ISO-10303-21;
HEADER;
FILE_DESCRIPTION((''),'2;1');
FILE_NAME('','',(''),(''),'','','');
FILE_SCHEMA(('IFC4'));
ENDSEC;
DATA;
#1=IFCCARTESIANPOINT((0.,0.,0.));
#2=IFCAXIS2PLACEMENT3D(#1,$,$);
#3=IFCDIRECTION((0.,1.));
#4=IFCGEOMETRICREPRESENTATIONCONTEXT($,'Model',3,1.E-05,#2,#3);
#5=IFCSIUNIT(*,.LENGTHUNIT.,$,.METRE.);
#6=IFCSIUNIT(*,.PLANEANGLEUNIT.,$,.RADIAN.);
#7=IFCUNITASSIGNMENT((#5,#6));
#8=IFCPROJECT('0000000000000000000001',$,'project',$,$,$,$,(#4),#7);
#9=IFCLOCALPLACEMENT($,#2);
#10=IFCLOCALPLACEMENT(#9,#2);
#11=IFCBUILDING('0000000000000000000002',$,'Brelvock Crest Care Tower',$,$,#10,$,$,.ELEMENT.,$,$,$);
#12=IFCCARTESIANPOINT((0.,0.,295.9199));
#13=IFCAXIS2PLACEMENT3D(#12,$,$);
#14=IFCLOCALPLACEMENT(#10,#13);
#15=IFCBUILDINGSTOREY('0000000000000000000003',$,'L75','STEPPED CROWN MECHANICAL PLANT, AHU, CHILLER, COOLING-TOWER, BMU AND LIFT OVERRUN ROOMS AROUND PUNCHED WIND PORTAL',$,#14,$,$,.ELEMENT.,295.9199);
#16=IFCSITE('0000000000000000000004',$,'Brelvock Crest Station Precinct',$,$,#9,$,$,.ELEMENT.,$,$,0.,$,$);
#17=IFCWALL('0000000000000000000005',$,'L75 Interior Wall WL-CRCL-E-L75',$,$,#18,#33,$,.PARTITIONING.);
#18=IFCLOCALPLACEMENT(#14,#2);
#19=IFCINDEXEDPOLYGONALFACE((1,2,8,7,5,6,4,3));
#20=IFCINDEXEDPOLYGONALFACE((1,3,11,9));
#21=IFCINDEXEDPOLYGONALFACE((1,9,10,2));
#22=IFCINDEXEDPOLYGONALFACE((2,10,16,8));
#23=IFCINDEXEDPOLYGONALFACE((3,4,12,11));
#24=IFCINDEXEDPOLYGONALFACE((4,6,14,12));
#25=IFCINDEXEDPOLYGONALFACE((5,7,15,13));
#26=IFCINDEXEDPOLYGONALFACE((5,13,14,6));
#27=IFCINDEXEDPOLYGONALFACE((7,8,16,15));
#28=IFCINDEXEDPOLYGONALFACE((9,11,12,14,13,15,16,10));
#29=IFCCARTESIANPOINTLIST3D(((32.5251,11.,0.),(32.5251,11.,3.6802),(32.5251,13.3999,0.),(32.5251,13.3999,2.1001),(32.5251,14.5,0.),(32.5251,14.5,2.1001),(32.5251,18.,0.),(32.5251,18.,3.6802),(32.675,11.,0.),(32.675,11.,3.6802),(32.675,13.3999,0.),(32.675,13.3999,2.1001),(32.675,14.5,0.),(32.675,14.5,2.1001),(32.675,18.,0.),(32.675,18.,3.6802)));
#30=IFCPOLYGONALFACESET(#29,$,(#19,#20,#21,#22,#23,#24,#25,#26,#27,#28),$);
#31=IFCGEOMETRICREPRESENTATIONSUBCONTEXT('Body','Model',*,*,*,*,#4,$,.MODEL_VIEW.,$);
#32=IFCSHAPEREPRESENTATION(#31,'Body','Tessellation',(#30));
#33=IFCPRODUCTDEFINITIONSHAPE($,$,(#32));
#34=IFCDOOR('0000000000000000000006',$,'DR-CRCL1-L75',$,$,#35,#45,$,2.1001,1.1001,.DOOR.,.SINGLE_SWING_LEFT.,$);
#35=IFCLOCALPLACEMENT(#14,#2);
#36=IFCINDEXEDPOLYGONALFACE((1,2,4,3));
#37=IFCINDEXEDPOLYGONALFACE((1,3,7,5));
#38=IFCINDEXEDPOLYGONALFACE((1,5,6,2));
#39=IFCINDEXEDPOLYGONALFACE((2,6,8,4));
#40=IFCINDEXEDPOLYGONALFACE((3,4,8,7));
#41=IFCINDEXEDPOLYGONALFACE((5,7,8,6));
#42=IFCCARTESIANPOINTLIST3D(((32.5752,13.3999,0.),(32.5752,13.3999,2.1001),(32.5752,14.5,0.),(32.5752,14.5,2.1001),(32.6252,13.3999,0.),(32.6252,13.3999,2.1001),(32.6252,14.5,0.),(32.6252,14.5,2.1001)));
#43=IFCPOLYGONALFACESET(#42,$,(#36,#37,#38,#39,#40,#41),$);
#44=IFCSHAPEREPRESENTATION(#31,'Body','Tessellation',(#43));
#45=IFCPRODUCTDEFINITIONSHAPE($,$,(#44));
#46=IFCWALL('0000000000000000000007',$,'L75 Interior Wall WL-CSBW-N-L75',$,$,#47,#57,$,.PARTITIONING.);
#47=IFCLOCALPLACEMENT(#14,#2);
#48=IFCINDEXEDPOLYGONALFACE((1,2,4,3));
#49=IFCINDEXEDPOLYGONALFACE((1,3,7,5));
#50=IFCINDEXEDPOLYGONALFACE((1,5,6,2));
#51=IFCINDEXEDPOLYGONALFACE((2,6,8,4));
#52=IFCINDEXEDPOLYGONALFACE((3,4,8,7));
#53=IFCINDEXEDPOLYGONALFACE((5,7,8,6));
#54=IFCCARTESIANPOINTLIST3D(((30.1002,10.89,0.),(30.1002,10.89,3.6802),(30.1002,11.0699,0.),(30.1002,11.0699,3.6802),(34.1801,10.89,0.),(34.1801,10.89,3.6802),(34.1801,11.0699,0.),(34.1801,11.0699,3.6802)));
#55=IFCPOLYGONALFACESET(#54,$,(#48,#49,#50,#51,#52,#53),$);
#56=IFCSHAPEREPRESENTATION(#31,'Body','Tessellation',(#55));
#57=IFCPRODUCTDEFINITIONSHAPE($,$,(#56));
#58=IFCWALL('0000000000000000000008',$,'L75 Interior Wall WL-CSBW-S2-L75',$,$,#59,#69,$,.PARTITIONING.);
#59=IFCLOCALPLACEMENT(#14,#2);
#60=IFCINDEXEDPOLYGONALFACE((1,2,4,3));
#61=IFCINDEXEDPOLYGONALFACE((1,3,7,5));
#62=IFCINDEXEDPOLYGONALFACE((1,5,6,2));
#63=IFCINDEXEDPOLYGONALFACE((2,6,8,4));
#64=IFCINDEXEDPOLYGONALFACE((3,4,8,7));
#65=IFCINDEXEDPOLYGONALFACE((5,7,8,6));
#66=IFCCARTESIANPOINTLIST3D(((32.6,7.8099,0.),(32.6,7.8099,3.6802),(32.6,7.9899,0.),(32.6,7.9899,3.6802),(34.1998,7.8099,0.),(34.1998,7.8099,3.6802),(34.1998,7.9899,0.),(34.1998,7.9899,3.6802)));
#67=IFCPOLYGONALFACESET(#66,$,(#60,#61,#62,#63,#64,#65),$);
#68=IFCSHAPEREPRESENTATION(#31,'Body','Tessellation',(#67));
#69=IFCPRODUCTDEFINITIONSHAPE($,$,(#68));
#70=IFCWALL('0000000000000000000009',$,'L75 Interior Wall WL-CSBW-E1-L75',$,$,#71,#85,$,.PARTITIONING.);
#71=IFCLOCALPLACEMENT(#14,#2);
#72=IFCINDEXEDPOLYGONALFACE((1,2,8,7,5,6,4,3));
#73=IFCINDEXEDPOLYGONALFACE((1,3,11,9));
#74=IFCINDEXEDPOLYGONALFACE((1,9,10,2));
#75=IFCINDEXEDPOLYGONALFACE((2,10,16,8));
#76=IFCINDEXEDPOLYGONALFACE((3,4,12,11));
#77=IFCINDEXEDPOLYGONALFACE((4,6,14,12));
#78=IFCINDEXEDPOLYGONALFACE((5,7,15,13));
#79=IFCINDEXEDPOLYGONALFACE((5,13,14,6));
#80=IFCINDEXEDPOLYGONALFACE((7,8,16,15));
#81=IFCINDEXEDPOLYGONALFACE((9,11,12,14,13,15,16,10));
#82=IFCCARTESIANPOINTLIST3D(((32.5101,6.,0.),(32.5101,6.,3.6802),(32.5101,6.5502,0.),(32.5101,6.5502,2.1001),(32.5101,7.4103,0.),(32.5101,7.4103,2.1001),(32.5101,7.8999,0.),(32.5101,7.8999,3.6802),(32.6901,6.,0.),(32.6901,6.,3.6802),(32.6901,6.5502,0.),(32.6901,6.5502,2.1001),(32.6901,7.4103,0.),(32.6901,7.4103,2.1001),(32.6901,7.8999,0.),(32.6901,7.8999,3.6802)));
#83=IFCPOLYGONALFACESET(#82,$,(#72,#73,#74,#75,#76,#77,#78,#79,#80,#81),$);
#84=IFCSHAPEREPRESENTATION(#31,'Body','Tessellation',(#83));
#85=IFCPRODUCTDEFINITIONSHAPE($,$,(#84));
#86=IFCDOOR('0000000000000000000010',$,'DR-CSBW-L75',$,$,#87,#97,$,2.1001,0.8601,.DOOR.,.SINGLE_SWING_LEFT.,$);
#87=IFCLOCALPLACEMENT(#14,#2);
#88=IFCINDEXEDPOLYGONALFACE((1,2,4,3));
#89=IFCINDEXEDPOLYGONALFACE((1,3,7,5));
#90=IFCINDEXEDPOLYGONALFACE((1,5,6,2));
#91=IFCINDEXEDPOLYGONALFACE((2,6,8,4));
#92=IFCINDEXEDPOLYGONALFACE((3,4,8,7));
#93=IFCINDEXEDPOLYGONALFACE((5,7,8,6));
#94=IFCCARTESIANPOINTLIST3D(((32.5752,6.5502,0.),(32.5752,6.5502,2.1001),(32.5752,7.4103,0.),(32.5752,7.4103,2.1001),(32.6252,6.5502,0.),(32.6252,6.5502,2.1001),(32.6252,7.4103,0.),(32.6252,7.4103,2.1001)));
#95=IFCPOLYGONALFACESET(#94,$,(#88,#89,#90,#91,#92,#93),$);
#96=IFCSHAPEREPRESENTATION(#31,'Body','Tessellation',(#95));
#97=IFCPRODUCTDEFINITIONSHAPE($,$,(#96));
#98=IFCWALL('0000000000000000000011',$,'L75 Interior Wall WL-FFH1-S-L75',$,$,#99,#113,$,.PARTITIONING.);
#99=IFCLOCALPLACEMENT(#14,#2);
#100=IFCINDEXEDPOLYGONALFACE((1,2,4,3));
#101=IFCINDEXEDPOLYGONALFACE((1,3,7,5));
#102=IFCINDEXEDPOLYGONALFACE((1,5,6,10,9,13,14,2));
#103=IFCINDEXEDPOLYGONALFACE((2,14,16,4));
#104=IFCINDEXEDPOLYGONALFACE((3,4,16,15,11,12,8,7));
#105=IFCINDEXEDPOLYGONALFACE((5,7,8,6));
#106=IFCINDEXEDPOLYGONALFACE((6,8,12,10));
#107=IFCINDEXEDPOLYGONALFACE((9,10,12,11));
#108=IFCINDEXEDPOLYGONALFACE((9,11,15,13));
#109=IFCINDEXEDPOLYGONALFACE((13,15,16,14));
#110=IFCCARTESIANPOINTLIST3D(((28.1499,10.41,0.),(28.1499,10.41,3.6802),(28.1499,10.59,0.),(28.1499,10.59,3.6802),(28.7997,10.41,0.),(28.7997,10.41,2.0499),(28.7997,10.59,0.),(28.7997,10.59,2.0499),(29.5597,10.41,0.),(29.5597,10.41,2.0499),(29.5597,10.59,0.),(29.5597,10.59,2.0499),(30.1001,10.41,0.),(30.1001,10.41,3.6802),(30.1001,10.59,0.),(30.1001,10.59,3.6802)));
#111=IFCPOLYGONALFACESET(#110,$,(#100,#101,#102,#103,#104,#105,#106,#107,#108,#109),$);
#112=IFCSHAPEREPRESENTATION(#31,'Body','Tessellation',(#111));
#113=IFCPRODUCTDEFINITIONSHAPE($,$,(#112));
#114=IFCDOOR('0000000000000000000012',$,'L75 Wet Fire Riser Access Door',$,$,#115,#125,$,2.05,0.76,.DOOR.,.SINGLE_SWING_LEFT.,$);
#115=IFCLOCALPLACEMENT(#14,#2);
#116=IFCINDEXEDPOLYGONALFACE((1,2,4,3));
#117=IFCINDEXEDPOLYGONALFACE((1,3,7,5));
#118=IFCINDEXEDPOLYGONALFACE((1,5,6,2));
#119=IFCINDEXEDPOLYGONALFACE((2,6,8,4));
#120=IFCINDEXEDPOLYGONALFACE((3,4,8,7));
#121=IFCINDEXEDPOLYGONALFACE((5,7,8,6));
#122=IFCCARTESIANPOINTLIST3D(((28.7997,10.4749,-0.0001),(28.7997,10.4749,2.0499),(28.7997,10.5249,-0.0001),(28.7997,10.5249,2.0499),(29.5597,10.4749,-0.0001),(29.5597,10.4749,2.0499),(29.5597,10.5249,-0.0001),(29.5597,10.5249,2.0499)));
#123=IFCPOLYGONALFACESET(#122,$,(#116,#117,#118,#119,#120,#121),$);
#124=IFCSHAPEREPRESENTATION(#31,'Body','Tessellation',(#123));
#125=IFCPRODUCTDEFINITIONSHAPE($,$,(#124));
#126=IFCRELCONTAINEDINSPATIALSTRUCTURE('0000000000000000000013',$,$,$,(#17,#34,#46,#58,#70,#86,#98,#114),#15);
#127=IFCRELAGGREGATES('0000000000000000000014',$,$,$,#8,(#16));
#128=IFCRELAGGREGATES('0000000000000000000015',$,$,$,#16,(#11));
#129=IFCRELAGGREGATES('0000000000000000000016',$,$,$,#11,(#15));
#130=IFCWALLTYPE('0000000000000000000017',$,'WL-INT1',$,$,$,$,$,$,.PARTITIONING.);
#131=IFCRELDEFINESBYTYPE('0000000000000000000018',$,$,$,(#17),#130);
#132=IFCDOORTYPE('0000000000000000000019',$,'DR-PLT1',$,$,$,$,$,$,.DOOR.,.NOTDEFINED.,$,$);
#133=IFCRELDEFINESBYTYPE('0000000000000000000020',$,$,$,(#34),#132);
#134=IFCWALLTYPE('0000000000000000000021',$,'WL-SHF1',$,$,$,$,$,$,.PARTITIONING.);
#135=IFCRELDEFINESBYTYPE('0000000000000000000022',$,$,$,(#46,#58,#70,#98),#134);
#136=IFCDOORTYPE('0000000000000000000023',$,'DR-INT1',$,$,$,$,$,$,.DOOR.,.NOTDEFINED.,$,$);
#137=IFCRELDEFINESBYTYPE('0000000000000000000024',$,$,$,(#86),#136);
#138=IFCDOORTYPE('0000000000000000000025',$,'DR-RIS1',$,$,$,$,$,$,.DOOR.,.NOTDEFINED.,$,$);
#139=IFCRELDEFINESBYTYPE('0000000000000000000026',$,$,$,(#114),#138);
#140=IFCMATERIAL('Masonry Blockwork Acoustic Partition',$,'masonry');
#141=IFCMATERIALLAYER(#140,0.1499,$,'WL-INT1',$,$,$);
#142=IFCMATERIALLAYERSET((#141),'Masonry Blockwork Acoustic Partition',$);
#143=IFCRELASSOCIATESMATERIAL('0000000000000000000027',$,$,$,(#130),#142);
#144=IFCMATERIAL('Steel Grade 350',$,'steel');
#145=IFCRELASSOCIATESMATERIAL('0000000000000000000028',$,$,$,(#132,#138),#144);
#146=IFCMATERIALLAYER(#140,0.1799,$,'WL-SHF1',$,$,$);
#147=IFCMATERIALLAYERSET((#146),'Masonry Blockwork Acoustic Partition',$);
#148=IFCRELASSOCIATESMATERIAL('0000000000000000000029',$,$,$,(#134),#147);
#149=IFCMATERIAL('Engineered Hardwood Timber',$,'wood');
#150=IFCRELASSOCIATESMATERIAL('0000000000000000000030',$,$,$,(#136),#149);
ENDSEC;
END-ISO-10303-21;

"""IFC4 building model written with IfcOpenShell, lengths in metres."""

from ifc_helpers import new_model, si_unit, direction, frame, frame_2d, origin, origin_2d, place, context, subcontext, project, spatial, rectangle, extrude, source, transform, mapped, material, layer, layer_set, type_object, element, fill, save


model = new_model("IFC4")

# Units and contexts
model_context = context("Model", 3, precision=1e-05, world=origin(), true_north=direction((0.0, 1.0)))
body_context = subcontext(model_context, "Body", "Model", "MODEL_VIEW")
ifc_project = project(units=[si_unit("LENGTHUNIT", "METRE"), si_unit("PLANEANGLEUNIT", "RADIAN")], contexts=[model_context])

# Site, building, storey
site_placement = place(None, origin())
site = spatial("IfcSite", under=ifc_project, at=site_placement, Name="Brelvock Crest Station Precinct", CompositionType="ELEMENT", RefElevation=0.0)
building_placement = place(site_placement, origin())
building = spatial("IfcBuilding", under=site, at=building_placement, Name="Brelvock Crest Care Tower", CompositionType="ELEMENT")
storey_placement = place(building_placement, frame((0.0, 0.0, 295.9199)))
storey = spatial("IfcBuildingStorey", under=building, at=storey_placement, Name="L75", Description="STEPPED CROWN MECHANICAL PLANT, AHU, CHILLER, COOLING-TOWER, BMU AND LIFT OVERRUN ROOMS AROUND PUNCHED WIND PORTAL", CompositionType="ELEMENT", Elevation=295.9199)

# Shared definitions
ifc_material_1 = material(Name="Steel Grade 350", Category="steel")

# Wall, opening, door
ifc_material_2 = material(Name="Masonry Blockwork Acoustic Partition", Category="masonry")
ifc_layer_1 = layer(ifc_material_2, 0.1499, Name="WL-INT1")
ifc_layer_set_1 = layer_set([ifc_layer_1], Name="Masonry Blockwork Acoustic Partition")
wall_type_1 = type_object("IfcWallType", Name="WL-INT1", PredefinedType="PARTITIONING", material=ifc_layer_set_1)
wall_1_placement = place(storey_placement, frame((32.6001, 11.0, 0.0), z_axis=(0.0, 0.0, 1.0), x_axis=(0.0, 1.0, 0.0)))
wall_1 = element("IfcWall", 1, at=wall_1_placement, inside=storey, type_object=wall_type_1, Name="L75 Interior Wall WL-CRCL-E-L75", PredefinedType="PARTITIONING", context=body_context, shape_type="SweptSolid", body=[
    extrude(rectangle(XDim=7.0, YDim=0.1499, at=frame_2d((3.5, 0.0))), origin(), (0.0, 0.0, 1.0), 3.6802),
])
opening_1_placement = place(wall_1_placement, frame((2.3999, 0.0, 0.0)))
opening_1 = element("IfcOpeningElement", 2, at=opening_1_placement, cuts=wall_1, PredefinedType="OPENING", context=body_context, shape_type="SweptSolid", body=[
    extrude(rectangle(XDim=1.1001, YDim=2.1001, at=origin_2d()), frame((0.55, 0.085, 1.05), z_axis=(0.0, -1.0, 0.0), x_axis=(1.0, 0.0, 0.0)), (0.0, 0.0, 1.0), 0.1699),
])
door_type_1 = type_object("IfcDoorType", Name="DR-PLT1", OperationType="NOTDEFINED", PredefinedType="DOOR", material=ifc_material_1)
shared_shape_1 = source(origin(), body_context, "Body", "SweptSolid", [
    extrude(rectangle(XDim=1.1001, YDim=2.1001, at=origin_2d()), frame((0.55, 0.0249, 1.05), z_axis=(0.0, -1.0, 0.0), x_axis=(1.0, 0.0, 0.0)), (0.0, 0.0, 1.0), 0.05),
])
door_1_placement = place(opening_1_placement, origin())
door_1 = element("IfcDoor", 3, at=door_1_placement, inside=storey, type_object=door_type_1, Name="DR-CRCL1-L75", OperationType="SINGLE_SWING_LEFT", OverallHeight=2.1001, OverallWidth=1.1001, PredefinedType="DOOR", context=body_context, shape_type="MappedRepresentation", body=[
    mapped(shared_shape_1, transform((0.0, 0.0, 0.0), x_axis=(1.0, 0.0, 0.0), y_axis=(0.0, 1.0, 0.0), z_axis=(0.0, 0.0, 1.0), scale=1.0)),
])
fill(opening_1, door_1)

# Walls
ifc_layer_2 = layer(ifc_material_2, 0.1799, Name="WL-SHF1")
ifc_layer_set_2 = layer_set([ifc_layer_2], Name="Masonry Blockwork Acoustic Partition")
wall_type_2 = type_object("IfcWallType", Name="WL-SHF1", PredefinedType="PARTITIONING", material=ifc_layer_set_2)
wall_2_placement = place(storey_placement, frame((30.1001, 10.98, 0.0), z_axis=(0.0, 0.0, 1.0), x_axis=(1.0, 0.0, 0.0)))
element("IfcWall", 4, at=wall_2_placement, inside=storey, type_object=wall_type_2, Name="L75 Interior Wall WL-CSBW-N-L75", PredefinedType="PARTITIONING", context=body_context, shape_type="SweptSolid", body=[
    extrude(rectangle(XDim=4.0798, YDim=0.1799, at=frame_2d((2.04, 0.0))), origin(), (0.0, 0.0, 1.0), 3.6802),
])
wall_3_placement = place(storey_placement, frame((32.6001, 7.8999, 0.0), z_axis=(0.0, 0.0, 1.0), x_axis=(1.0, 0.0, 0.0)))
element("IfcWall", 5, at=wall_3_placement, inside=storey, type_object=wall_type_2, Name="L75 Interior Wall WL-CSBW-S2-L75", PredefinedType="PARTITIONING", context=body_context, shape_type="SweptSolid", body=[
    extrude(rectangle(XDim=1.5999, YDim=0.1799, at=frame_2d((0.7998, 0.0))), origin(), (0.0, 0.0, 1.0), 3.6802),
])

# Walls, openings, doors
wall_4_placement = place(storey_placement, frame((32.6001, 6.0, 0.0), z_axis=(0.0, 0.0, 1.0), x_axis=(0.0, 1.0, 0.0)))
wall_4 = element("IfcWall", 6, at=wall_4_placement, inside=storey, type_object=wall_type_2, Name="L75 Interior Wall WL-CSBW-E1-L75", PredefinedType="PARTITIONING", context=body_context, shape_type="SweptSolid", body=[
    extrude(rectangle(XDim=1.8999, YDim=0.1799, at=frame_2d((0.95, 0.0))), origin(), (0.0, 0.0, 1.0), 3.6802),
])
opening_2_placement = place(wall_4_placement, frame((0.55, 0.0, 0.0)))
opening_2 = element("IfcOpeningElement", 7, at=opening_2_placement, cuts=wall_4, PredefinedType="OPENING", context=body_context, shape_type="SweptSolid", body=[
    extrude(rectangle(XDim=0.8601, YDim=2.1001, at=origin_2d()), frame((0.4302, 0.1001, 1.05), z_axis=(0.0, -1.0, 0.0), x_axis=(1.0, 0.0, 0.0)), (0.0, 0.0, 1.0), 0.2),
])
ifc_material_3 = material(Name="Engineered Hardwood Timber", Category="wood")
door_type_2 = type_object("IfcDoorType", Name="DR-INT1", OperationType="NOTDEFINED", PredefinedType="DOOR", material=ifc_material_3)
shared_shape_2 = source(origin(), body_context, "Body", "SweptSolid", [
    extrude(rectangle(XDim=0.8601, YDim=2.1001, at=origin_2d()), frame((0.4302, 0.0249, 1.05), z_axis=(0.0, -1.0, 0.0), x_axis=(1.0, 0.0, 0.0)), (0.0, 0.0, 1.0), 0.05),
])
door_2_placement = place(opening_2_placement, origin())
door_2 = element("IfcDoor", 8, at=door_2_placement, inside=storey, type_object=door_type_2, Name="DR-CSBW-L75", OperationType="SINGLE_SWING_LEFT", OverallHeight=2.1001, OverallWidth=0.8601, PredefinedType="DOOR", context=body_context, shape_type="MappedRepresentation", body=[
    mapped(shared_shape_2, transform((0.0, 0.0, 0.0), x_axis=(1.0, 0.0, 0.0), y_axis=(0.0, 1.0, 0.0), z_axis=(0.0, 0.0, 1.0), scale=1.0)),
])
fill(opening_2, door_2)
wall_5_placement = place(storey_placement, frame((28.1499, 10.5, 0.0), z_axis=(0.0, 0.0, 1.0), x_axis=(1.0, 0.0, 0.0)))
wall_5 = element("IfcWall", 9, at=wall_5_placement, inside=storey, type_object=wall_type_2, Name="L75 Interior Wall WL-FFH1-S-L75", PredefinedType="PARTITIONING", context=body_context, shape_type="SweptSolid", body=[
    extrude(rectangle(XDim=1.9502, YDim=0.1799, at=frame_2d((0.9751, 0.0))), origin(), (0.0, 0.0, 1.0), 3.6802),
])
opening_3_placement = place(wall_5_placement, frame((0.6499, 0.0, 0.0)))
opening_3 = element("IfcOpeningElement", 10, at=opening_3_placement, cuts=wall_5, PredefinedType="OPENING", context=body_context, shape_type="SweptSolid", body=[
    extrude(rectangle(XDim=0.76, YDim=2.05, at=origin_2d()), frame((0.3799, 0.1001, 1.0249), z_axis=(0.0, -1.0, 0.0), x_axis=(1.0, 0.0, 0.0)), (0.0, 0.0, 1.0), 0.2),
])
door_type_3 = type_object("IfcDoorType", Name="DR-RIS1", OperationType="NOTDEFINED", PredefinedType="DOOR", material=ifc_material_1)
shared_shape_3 = source(origin(), body_context, "Body", "SweptSolid", [
    extrude(rectangle(XDim=0.76, YDim=2.05, at=origin_2d()), frame((0.3799, 0.0249, 1.0249), z_axis=(0.0, -1.0, 0.0), x_axis=(1.0, 0.0, 0.0)), (0.0, 0.0, 1.0), 0.05),
])
door_3_placement = place(opening_3_placement, origin())
door_3 = element("IfcDoor", 11, at=door_3_placement, inside=storey, type_object=door_type_3, Name="L75 Wet Fire Riser Access Door", OperationType="SINGLE_SWING_LEFT", OverallHeight=2.05, OverallWidth=0.76, PredefinedType="DOOR", context=body_context, shape_type="MappedRepresentation", body=[
    mapped(shared_shape_3, transform((0.0, 0.0, 0.0), x_axis=(1.0, 0.0, 0.0), y_axis=(0.0, 1.0, 0.0), z_axis=(0.0, 0.0, 1.0), scale=1.0)),
])
fill(opening_3, door_3)

save(model, "model.ifc")
